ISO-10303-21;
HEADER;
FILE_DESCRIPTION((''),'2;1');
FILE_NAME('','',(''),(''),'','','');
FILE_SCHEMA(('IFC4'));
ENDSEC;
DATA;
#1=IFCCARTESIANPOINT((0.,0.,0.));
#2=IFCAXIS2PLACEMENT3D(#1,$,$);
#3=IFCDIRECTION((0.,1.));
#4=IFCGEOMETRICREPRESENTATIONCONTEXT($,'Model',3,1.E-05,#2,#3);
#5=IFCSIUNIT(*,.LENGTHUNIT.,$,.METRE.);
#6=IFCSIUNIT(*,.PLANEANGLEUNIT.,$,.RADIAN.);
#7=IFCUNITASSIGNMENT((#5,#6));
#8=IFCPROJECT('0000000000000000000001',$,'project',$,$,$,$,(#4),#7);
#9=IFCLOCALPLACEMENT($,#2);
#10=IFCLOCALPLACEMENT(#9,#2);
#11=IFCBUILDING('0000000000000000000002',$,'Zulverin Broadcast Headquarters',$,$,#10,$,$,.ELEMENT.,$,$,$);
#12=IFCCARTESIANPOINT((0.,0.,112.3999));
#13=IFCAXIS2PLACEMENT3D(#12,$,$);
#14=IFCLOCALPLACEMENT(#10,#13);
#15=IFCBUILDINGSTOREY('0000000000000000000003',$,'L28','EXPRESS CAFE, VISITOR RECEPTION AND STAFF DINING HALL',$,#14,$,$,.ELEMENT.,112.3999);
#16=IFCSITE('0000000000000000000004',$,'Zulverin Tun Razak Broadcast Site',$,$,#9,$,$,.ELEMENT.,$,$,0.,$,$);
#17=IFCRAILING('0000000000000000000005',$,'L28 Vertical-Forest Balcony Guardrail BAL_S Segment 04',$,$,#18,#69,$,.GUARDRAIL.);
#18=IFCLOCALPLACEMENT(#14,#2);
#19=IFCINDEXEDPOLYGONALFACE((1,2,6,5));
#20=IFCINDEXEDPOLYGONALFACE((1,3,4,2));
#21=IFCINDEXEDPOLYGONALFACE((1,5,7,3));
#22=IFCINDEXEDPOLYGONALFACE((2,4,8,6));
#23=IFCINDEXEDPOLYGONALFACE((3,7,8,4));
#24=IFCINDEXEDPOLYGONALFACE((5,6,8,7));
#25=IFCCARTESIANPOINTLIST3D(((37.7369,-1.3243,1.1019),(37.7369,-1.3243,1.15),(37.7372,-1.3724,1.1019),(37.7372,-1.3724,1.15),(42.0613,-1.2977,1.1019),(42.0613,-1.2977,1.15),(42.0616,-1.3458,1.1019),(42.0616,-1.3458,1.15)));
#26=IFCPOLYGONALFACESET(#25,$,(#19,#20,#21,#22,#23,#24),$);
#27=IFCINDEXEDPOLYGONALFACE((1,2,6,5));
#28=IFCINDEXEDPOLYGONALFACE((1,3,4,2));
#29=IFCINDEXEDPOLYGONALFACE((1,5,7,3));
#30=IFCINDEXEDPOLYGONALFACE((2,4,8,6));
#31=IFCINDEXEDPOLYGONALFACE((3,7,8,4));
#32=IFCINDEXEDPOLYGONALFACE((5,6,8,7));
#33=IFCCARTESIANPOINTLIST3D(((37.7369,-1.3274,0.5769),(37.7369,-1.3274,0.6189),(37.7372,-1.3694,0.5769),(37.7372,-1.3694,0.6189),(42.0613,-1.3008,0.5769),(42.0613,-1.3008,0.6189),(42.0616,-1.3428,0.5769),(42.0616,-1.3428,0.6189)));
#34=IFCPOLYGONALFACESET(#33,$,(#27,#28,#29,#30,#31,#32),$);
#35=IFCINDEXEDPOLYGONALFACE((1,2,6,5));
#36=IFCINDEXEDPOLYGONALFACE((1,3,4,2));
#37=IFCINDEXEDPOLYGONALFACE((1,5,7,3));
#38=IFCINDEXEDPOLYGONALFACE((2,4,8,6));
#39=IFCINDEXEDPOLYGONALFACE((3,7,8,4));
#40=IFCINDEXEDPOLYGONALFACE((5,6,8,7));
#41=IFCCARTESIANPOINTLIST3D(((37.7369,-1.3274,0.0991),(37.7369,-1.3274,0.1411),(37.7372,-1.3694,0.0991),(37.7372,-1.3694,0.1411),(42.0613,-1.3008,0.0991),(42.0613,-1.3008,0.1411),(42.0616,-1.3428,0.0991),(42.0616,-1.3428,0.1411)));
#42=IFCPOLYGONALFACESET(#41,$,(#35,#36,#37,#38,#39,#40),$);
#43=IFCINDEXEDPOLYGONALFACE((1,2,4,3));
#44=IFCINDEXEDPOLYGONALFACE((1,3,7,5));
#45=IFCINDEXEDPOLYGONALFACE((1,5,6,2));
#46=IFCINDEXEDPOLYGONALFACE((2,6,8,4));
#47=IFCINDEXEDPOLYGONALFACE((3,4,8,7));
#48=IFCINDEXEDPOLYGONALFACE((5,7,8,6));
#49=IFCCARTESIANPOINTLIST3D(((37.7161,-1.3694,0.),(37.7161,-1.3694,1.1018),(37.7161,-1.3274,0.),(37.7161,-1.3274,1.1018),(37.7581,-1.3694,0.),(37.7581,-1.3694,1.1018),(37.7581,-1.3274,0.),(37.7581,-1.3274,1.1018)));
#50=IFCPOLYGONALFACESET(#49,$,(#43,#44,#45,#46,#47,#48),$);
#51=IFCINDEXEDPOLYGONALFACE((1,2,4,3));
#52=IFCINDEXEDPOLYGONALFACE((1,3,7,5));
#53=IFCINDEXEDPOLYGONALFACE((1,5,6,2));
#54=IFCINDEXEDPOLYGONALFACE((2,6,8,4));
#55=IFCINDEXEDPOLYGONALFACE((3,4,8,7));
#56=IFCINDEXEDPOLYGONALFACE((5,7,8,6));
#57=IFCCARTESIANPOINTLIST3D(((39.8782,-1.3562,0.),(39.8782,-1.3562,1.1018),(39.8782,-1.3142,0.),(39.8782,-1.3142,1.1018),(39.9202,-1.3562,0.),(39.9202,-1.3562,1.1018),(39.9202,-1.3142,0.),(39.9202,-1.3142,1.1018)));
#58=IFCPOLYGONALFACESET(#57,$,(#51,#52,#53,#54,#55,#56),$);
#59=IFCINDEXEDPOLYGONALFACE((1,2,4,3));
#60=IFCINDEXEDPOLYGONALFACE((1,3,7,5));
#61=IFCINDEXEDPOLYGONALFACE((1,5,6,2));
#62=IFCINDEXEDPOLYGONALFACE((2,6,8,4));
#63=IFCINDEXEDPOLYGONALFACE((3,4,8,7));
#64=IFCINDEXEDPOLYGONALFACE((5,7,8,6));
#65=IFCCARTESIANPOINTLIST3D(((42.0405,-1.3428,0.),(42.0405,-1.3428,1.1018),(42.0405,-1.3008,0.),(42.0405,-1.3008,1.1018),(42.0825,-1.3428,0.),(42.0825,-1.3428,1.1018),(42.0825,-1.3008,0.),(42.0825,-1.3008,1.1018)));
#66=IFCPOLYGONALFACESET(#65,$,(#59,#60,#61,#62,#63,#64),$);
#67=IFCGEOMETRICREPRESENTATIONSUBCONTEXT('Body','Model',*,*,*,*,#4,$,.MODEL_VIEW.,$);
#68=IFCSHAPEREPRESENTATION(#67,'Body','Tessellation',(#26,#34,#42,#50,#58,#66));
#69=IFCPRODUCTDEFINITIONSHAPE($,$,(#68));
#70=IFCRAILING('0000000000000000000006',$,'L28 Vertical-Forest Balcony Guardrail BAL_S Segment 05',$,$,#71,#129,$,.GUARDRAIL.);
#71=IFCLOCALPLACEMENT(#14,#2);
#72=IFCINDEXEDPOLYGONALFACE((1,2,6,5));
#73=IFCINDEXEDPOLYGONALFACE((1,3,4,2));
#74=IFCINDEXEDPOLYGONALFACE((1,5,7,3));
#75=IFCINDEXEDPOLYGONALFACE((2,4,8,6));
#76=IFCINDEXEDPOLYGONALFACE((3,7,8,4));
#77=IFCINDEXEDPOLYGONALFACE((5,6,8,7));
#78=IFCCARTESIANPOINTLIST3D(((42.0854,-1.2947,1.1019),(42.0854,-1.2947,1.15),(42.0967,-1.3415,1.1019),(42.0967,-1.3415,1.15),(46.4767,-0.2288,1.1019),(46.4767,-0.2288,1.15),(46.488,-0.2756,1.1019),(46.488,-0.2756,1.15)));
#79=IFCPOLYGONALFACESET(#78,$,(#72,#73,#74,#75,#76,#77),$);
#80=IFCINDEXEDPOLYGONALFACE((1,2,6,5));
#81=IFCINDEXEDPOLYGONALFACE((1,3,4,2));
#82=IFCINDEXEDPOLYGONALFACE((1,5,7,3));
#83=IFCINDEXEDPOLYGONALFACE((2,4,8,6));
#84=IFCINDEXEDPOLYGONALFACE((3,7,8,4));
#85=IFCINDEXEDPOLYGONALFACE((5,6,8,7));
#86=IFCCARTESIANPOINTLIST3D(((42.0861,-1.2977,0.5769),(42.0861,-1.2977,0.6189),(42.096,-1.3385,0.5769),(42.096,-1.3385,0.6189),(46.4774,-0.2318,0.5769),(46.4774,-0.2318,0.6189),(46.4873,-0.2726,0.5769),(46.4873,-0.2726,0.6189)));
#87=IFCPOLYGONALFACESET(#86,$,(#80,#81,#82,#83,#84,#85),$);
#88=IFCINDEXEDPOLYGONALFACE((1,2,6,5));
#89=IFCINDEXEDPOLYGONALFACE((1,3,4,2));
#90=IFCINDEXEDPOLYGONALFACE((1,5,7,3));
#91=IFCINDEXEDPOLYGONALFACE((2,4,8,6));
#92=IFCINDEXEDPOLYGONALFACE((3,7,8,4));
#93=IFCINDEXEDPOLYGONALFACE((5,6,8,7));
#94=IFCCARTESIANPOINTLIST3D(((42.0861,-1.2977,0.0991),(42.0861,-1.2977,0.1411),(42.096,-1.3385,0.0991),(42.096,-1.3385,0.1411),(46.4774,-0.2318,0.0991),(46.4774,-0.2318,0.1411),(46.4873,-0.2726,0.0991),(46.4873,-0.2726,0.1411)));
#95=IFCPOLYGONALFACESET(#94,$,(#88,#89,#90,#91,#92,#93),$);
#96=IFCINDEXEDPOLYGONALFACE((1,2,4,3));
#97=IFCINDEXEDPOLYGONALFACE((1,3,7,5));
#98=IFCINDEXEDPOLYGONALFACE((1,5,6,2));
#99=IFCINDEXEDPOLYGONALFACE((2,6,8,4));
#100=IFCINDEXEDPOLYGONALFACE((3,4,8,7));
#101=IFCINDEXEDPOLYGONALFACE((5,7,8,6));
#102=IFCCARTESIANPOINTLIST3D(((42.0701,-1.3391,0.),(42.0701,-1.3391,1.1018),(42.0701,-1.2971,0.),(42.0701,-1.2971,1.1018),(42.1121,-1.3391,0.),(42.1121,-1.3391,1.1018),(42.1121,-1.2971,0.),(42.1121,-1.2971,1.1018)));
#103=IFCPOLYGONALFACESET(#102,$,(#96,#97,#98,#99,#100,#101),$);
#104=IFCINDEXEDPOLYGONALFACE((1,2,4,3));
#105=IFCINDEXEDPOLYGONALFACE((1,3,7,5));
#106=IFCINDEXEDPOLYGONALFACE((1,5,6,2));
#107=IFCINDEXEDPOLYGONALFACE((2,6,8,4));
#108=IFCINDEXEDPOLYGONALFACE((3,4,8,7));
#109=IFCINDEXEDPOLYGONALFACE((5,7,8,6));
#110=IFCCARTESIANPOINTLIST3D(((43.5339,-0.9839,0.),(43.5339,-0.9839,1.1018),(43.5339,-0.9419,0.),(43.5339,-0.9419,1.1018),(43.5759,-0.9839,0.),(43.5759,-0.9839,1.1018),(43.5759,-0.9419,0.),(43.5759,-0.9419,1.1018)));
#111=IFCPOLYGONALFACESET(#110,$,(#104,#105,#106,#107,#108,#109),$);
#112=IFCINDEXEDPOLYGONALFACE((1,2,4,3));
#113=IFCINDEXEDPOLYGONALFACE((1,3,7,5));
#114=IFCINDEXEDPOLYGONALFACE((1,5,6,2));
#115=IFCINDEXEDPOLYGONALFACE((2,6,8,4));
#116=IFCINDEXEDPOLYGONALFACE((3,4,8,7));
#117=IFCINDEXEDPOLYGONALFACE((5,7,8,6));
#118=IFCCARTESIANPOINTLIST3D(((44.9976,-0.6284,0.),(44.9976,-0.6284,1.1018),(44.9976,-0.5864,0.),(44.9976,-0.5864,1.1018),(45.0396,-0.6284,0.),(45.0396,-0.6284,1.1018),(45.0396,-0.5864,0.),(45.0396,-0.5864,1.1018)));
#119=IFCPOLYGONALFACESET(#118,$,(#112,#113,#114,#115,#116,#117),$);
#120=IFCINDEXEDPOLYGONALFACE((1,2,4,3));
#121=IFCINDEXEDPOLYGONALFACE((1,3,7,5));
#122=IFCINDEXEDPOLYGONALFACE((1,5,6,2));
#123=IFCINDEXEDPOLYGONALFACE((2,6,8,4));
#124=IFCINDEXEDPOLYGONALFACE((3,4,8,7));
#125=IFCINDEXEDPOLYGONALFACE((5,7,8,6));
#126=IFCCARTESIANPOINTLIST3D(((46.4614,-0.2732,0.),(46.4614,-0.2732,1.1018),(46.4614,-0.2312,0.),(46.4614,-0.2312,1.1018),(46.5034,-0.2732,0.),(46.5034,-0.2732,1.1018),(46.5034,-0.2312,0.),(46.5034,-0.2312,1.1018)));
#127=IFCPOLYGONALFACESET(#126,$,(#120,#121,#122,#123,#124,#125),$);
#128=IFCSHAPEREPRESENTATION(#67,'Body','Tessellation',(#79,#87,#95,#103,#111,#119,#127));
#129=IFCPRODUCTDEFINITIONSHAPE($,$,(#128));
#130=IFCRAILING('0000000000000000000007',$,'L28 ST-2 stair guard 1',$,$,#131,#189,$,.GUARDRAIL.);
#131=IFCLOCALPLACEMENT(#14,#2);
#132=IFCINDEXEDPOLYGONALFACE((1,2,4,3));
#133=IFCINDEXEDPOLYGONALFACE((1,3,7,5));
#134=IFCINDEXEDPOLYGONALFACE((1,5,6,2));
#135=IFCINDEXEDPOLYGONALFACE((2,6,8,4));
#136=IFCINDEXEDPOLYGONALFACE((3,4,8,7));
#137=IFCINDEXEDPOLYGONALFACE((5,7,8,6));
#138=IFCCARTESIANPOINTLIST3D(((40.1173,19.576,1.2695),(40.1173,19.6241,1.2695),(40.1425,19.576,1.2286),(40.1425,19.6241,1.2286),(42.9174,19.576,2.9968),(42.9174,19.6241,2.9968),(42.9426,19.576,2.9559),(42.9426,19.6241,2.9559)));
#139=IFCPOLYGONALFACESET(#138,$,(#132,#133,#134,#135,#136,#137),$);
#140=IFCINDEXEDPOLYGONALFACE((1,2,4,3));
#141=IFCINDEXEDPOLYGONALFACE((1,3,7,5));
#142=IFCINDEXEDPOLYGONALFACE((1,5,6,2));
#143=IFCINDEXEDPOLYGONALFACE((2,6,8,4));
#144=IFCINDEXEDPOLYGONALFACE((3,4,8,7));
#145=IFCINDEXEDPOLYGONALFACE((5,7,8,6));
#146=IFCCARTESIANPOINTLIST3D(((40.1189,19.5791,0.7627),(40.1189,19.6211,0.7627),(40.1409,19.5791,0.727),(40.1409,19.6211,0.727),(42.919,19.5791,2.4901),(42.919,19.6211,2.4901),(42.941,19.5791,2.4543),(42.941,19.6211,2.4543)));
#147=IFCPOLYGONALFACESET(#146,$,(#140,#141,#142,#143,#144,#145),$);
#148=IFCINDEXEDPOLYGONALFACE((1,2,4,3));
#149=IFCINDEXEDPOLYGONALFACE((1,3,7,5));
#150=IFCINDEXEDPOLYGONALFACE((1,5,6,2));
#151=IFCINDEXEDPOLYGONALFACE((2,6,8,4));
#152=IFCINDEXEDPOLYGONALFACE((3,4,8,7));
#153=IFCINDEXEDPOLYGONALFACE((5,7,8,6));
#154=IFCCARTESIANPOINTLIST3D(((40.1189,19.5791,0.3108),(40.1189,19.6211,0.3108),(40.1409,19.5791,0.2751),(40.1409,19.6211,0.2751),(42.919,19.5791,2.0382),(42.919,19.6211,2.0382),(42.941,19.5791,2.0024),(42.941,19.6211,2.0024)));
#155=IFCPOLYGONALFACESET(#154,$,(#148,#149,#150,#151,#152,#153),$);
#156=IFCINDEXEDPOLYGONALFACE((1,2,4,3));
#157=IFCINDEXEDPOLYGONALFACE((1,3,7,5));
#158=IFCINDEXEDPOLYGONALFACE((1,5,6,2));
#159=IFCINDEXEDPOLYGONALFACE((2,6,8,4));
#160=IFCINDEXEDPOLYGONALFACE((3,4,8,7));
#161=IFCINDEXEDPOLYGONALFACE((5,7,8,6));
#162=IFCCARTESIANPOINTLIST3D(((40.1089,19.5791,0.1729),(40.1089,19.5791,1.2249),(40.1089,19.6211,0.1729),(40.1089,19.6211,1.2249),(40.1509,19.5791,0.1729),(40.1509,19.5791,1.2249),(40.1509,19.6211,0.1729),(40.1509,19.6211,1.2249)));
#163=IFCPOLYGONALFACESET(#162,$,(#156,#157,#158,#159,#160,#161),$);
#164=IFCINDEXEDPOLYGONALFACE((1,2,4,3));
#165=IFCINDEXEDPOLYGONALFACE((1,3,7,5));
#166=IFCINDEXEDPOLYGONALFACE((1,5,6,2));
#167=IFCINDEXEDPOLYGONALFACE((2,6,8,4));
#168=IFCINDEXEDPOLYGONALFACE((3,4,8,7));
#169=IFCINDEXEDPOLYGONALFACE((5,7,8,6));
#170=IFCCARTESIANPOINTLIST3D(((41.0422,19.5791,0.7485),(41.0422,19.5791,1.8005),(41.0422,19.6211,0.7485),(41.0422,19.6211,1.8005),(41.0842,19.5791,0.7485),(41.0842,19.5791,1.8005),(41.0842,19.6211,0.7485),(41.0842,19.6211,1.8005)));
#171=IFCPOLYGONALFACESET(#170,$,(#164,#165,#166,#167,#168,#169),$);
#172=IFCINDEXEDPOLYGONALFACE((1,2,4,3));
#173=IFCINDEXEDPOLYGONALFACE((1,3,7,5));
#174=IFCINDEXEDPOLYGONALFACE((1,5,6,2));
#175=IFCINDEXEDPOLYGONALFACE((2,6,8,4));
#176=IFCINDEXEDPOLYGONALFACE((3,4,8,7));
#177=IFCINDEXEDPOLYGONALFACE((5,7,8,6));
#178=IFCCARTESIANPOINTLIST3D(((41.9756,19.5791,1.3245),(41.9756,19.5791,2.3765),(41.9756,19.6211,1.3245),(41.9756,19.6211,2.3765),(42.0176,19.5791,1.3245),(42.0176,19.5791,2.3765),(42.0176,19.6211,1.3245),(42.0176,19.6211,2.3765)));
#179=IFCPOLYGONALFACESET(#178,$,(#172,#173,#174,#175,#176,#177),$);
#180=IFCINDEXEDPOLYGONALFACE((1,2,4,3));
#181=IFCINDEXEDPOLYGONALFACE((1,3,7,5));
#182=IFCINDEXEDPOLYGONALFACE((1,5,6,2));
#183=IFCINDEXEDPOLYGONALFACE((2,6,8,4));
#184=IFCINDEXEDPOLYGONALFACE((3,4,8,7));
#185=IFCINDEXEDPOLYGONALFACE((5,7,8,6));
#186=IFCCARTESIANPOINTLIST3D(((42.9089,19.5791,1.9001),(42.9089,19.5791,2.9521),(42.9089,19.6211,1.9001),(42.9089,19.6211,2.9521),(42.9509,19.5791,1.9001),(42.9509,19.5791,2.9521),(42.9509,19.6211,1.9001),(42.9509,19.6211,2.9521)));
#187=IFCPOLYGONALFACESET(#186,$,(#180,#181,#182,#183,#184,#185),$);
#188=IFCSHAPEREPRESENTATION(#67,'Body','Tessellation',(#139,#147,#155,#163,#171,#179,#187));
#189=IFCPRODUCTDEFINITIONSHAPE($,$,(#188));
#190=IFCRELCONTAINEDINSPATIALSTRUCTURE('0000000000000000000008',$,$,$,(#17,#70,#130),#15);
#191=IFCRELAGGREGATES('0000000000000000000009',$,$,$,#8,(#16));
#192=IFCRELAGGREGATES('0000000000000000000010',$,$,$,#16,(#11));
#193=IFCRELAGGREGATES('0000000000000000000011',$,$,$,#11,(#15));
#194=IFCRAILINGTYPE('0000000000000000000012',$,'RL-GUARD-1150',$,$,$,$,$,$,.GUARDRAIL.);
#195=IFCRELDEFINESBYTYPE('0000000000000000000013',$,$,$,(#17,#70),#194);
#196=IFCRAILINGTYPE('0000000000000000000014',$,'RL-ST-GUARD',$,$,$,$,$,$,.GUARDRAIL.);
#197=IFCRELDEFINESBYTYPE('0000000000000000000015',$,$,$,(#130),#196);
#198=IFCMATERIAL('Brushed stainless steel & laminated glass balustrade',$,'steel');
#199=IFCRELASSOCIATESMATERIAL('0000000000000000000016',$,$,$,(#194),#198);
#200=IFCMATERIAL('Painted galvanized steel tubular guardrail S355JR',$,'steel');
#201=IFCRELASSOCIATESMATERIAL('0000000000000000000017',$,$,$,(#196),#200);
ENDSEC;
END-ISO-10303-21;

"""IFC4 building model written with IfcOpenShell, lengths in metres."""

from ifc_helpers import new_model, si_unit, direction, frame, origin, origin_2d, place, context, subcontext, project, spatial, rectangle, extrude, material, type_object, element, save


model = new_model("IFC4")

# Units and contexts
model_context = context("Model", 3, precision=1e-05, world=origin(), true_north=direction((0.0, 1.0)))
body_context = subcontext(model_context, "Body", "Model", "MODEL_VIEW")
ifc_project = project(units=[si_unit("LENGTHUNIT", "METRE"), si_unit("PLANEANGLEUNIT", "RADIAN")], contexts=[model_context])

# Site, building, storey
site_placement = place(None, origin())
site = spatial("IfcSite", under=ifc_project, at=site_placement, Name="Zulverin Tun Razak Broadcast Site", CompositionType="ELEMENT", RefElevation=0.0)
building_placement = place(site_placement, origin())
building = spatial("IfcBuilding", under=site, at=building_placement, Name="Zulverin Broadcast Headquarters", CompositionType="ELEMENT")
storey_placement = place(building_placement, frame((0.0, 0.0, 112.3999)))
storey = spatial("IfcBuildingStorey", under=building, at=storey_placement, Name="L28", Description="EXPRESS CAFE, VISITOR RECEPTION AND STAFF DINING HALL", CompositionType="ELEMENT", Elevation=112.3999)

# Railings
ifc_material_1 = material(Name="Brushed stainless steel & laminated glass balustrade", Category="steel")
railing_type_1 = type_object("IfcRailingType", Name="RL-GUARD-1150", PredefinedType="GUARDRAIL", material=ifc_material_1)
railing_1_placement = place(storey_placement, frame((37.7371, -1.3484, 0.0)))
element("IfcRailing", 1, at=railing_1_placement, inside=storey, type_object=railing_type_1, Name="L28 Vertical-Forest Balcony Guardrail BAL_S Segment 04", PredefinedType="GUARDRAIL", context=body_context, shape_type="SweptSolid", body=[
    extrude(rectangle(XDim=0.0481, YDim=0.0481, at=origin_2d()), frame((0.0, 0.0, 1.126), z_axis=(0.999981, 0.006154, 0.0), x_axis=(-0.006154, 0.999981, 0.0)), (0.0, 0.0, 1.0), 4.3245),
    extrude(rectangle(XDim=0.042, YDim=0.042, at=origin_2d()), frame((0.0, 0.0, 0.5979), z_axis=(0.999981, 0.006154, 0.0), x_axis=(-0.006154, 0.999981, 0.0)), (0.0, 0.0, 1.0), 4.3245),
    extrude(rectangle(XDim=0.042, YDim=0.042, at=origin_2d()), frame((0.0, 0.0, 0.1201), z_axis=(0.999981, 0.006154, 0.0), x_axis=(-0.006154, 0.999981, 0.0)), (0.0, 0.0, 1.0), 4.3245),
    extrude(rectangle(XDim=0.042, YDim=0.042, at=origin_2d()), origin(), (0.0, 0.0, 1.0), 1.1018),
    extrude(rectangle(XDim=0.042, YDim=0.042, at=origin_2d()), frame((2.1621, 0.0132, 0.0)), (0.0, 0.0, 1.0), 1.1018),
    extrude(rectangle(XDim=0.042, YDim=0.042, at=origin_2d()), frame((4.3245, 0.0266, 0.0)), (0.0, 0.0, 1.0), 1.1018),
])
railing_2_placement = place(storey_placement, frame((42.0911, -1.3181, 0.0)))
element("IfcRailing", 2, at=railing_2_placement, inside=storey, type_object=railing_type_1, Name="L28 Vertical-Forest Balcony Guardrail BAL_S Segment 05", PredefinedType="GUARDRAIL", context=body_context, shape_type="SweptSolid", body=[
    extrude(rectangle(XDim=0.0481, YDim=0.0481, at=origin_2d()), frame((0.0, 0.0, 1.126), z_axis=(0.971782, 0.235881, 0.0), x_axis=(-0.235881, 0.971782, 0.0)), (0.0, 0.0, 1.0), 4.5188),
    extrude(rectangle(XDim=0.042, YDim=0.042, at=origin_2d()), frame((0.0, 0.0, 0.5979), z_axis=(0.971782, 0.235881, 0.0), x_axis=(-0.235881, 0.971782, 0.0)), (0.0, 0.0, 1.0), 4.5188),
    extrude(rectangle(XDim=0.042, YDim=0.042, at=origin_2d()), frame((0.0, 0.0, 0.1201), z_axis=(0.971782, 0.235881, 0.0), x_axis=(-0.235881, 0.971782, 0.0)), (0.0, 0.0, 1.0), 4.5188),
    extrude(rectangle(XDim=0.042, YDim=0.042, at=origin_2d()), origin(), (0.0, 0.0, 1.0), 1.1018),
    extrude(rectangle(XDim=0.042, YDim=0.042, at=origin_2d()), frame((1.4639, 0.3552, 0.0)), (0.0, 0.0, 1.0), 1.1018),
    extrude(rectangle(XDim=0.042, YDim=0.042, at=origin_2d()), frame((2.9275, 0.7107, 0.0)), (0.0, 0.0, 1.0), 1.1018),
    extrude(rectangle(XDim=0.042, YDim=0.042, at=origin_2d()), frame((4.3914, 1.0659, 0.0)), (0.0, 0.0, 1.0), 1.1018),
])
ifc_material_2 = material(Name="Painted galvanized steel tubular guardrail S355JR", Category="steel")
railing_type_2 = type_object("IfcRailingType", Name="RL-ST-GUARD", PredefinedType="GUARDRAIL", material=ifc_material_2)
railing_3_placement = place(storey_placement, frame((40.1299, 19.6001, 0.1729)))
element("IfcRailing", 3, at=railing_3_placement, inside=storey, type_object=railing_type_2, Name="L28 ST-2 stair guard 1", PredefinedType="GUARDRAIL", context=body_context, shape_type="SweptSolid", body=[
    extrude(rectangle(XDim=0.0481, YDim=0.0481, at=origin_2d()), frame((0.0, 0.0, 1.0762), z_axis=(0.85109, 0.0, 0.52502), x_axis=(0.0, 1.0, 0.0)), (0.0, 0.0, 1.0), 3.29),
    extrude(rectangle(XDim=0.042, YDim=0.042, at=origin_2d()), frame((0.0, 0.0, 0.572), z_axis=(0.85109, 0.0, 0.52502), x_axis=(0.0, 1.0, 0.0)), (0.0, 0.0, 1.0), 3.29),
    extrude(rectangle(XDim=0.042, YDim=0.042, at=origin_2d()), frame((0.0, 0.0, 0.1201), z_axis=(0.85109, 0.0, 0.52502), x_axis=(0.0, 1.0, 0.0)), (0.0, 0.0, 1.0), 3.29),
    extrude(rectangle(XDim=0.042, YDim=0.042, at=origin_2d()), origin(), (0.0, 0.0, 1.0), 1.052),
    extrude(rectangle(XDim=0.042, YDim=0.042, at=origin_2d()), frame((0.9333, 0.0, 0.5757)), (0.0, 0.0, 1.0), 1.052),
    extrude(rectangle(XDim=0.042, YDim=0.042, at=origin_2d()), frame((1.8667, 0.0, 1.1516)), (0.0, 0.0, 1.0), 1.052),
    extrude(rectangle(XDim=0.042, YDim=0.042, at=origin_2d()), frame((2.8, 0.0, 1.7273)), (0.0, 0.0, 1.0), 1.052),
])

save(model, "model.ifc")
